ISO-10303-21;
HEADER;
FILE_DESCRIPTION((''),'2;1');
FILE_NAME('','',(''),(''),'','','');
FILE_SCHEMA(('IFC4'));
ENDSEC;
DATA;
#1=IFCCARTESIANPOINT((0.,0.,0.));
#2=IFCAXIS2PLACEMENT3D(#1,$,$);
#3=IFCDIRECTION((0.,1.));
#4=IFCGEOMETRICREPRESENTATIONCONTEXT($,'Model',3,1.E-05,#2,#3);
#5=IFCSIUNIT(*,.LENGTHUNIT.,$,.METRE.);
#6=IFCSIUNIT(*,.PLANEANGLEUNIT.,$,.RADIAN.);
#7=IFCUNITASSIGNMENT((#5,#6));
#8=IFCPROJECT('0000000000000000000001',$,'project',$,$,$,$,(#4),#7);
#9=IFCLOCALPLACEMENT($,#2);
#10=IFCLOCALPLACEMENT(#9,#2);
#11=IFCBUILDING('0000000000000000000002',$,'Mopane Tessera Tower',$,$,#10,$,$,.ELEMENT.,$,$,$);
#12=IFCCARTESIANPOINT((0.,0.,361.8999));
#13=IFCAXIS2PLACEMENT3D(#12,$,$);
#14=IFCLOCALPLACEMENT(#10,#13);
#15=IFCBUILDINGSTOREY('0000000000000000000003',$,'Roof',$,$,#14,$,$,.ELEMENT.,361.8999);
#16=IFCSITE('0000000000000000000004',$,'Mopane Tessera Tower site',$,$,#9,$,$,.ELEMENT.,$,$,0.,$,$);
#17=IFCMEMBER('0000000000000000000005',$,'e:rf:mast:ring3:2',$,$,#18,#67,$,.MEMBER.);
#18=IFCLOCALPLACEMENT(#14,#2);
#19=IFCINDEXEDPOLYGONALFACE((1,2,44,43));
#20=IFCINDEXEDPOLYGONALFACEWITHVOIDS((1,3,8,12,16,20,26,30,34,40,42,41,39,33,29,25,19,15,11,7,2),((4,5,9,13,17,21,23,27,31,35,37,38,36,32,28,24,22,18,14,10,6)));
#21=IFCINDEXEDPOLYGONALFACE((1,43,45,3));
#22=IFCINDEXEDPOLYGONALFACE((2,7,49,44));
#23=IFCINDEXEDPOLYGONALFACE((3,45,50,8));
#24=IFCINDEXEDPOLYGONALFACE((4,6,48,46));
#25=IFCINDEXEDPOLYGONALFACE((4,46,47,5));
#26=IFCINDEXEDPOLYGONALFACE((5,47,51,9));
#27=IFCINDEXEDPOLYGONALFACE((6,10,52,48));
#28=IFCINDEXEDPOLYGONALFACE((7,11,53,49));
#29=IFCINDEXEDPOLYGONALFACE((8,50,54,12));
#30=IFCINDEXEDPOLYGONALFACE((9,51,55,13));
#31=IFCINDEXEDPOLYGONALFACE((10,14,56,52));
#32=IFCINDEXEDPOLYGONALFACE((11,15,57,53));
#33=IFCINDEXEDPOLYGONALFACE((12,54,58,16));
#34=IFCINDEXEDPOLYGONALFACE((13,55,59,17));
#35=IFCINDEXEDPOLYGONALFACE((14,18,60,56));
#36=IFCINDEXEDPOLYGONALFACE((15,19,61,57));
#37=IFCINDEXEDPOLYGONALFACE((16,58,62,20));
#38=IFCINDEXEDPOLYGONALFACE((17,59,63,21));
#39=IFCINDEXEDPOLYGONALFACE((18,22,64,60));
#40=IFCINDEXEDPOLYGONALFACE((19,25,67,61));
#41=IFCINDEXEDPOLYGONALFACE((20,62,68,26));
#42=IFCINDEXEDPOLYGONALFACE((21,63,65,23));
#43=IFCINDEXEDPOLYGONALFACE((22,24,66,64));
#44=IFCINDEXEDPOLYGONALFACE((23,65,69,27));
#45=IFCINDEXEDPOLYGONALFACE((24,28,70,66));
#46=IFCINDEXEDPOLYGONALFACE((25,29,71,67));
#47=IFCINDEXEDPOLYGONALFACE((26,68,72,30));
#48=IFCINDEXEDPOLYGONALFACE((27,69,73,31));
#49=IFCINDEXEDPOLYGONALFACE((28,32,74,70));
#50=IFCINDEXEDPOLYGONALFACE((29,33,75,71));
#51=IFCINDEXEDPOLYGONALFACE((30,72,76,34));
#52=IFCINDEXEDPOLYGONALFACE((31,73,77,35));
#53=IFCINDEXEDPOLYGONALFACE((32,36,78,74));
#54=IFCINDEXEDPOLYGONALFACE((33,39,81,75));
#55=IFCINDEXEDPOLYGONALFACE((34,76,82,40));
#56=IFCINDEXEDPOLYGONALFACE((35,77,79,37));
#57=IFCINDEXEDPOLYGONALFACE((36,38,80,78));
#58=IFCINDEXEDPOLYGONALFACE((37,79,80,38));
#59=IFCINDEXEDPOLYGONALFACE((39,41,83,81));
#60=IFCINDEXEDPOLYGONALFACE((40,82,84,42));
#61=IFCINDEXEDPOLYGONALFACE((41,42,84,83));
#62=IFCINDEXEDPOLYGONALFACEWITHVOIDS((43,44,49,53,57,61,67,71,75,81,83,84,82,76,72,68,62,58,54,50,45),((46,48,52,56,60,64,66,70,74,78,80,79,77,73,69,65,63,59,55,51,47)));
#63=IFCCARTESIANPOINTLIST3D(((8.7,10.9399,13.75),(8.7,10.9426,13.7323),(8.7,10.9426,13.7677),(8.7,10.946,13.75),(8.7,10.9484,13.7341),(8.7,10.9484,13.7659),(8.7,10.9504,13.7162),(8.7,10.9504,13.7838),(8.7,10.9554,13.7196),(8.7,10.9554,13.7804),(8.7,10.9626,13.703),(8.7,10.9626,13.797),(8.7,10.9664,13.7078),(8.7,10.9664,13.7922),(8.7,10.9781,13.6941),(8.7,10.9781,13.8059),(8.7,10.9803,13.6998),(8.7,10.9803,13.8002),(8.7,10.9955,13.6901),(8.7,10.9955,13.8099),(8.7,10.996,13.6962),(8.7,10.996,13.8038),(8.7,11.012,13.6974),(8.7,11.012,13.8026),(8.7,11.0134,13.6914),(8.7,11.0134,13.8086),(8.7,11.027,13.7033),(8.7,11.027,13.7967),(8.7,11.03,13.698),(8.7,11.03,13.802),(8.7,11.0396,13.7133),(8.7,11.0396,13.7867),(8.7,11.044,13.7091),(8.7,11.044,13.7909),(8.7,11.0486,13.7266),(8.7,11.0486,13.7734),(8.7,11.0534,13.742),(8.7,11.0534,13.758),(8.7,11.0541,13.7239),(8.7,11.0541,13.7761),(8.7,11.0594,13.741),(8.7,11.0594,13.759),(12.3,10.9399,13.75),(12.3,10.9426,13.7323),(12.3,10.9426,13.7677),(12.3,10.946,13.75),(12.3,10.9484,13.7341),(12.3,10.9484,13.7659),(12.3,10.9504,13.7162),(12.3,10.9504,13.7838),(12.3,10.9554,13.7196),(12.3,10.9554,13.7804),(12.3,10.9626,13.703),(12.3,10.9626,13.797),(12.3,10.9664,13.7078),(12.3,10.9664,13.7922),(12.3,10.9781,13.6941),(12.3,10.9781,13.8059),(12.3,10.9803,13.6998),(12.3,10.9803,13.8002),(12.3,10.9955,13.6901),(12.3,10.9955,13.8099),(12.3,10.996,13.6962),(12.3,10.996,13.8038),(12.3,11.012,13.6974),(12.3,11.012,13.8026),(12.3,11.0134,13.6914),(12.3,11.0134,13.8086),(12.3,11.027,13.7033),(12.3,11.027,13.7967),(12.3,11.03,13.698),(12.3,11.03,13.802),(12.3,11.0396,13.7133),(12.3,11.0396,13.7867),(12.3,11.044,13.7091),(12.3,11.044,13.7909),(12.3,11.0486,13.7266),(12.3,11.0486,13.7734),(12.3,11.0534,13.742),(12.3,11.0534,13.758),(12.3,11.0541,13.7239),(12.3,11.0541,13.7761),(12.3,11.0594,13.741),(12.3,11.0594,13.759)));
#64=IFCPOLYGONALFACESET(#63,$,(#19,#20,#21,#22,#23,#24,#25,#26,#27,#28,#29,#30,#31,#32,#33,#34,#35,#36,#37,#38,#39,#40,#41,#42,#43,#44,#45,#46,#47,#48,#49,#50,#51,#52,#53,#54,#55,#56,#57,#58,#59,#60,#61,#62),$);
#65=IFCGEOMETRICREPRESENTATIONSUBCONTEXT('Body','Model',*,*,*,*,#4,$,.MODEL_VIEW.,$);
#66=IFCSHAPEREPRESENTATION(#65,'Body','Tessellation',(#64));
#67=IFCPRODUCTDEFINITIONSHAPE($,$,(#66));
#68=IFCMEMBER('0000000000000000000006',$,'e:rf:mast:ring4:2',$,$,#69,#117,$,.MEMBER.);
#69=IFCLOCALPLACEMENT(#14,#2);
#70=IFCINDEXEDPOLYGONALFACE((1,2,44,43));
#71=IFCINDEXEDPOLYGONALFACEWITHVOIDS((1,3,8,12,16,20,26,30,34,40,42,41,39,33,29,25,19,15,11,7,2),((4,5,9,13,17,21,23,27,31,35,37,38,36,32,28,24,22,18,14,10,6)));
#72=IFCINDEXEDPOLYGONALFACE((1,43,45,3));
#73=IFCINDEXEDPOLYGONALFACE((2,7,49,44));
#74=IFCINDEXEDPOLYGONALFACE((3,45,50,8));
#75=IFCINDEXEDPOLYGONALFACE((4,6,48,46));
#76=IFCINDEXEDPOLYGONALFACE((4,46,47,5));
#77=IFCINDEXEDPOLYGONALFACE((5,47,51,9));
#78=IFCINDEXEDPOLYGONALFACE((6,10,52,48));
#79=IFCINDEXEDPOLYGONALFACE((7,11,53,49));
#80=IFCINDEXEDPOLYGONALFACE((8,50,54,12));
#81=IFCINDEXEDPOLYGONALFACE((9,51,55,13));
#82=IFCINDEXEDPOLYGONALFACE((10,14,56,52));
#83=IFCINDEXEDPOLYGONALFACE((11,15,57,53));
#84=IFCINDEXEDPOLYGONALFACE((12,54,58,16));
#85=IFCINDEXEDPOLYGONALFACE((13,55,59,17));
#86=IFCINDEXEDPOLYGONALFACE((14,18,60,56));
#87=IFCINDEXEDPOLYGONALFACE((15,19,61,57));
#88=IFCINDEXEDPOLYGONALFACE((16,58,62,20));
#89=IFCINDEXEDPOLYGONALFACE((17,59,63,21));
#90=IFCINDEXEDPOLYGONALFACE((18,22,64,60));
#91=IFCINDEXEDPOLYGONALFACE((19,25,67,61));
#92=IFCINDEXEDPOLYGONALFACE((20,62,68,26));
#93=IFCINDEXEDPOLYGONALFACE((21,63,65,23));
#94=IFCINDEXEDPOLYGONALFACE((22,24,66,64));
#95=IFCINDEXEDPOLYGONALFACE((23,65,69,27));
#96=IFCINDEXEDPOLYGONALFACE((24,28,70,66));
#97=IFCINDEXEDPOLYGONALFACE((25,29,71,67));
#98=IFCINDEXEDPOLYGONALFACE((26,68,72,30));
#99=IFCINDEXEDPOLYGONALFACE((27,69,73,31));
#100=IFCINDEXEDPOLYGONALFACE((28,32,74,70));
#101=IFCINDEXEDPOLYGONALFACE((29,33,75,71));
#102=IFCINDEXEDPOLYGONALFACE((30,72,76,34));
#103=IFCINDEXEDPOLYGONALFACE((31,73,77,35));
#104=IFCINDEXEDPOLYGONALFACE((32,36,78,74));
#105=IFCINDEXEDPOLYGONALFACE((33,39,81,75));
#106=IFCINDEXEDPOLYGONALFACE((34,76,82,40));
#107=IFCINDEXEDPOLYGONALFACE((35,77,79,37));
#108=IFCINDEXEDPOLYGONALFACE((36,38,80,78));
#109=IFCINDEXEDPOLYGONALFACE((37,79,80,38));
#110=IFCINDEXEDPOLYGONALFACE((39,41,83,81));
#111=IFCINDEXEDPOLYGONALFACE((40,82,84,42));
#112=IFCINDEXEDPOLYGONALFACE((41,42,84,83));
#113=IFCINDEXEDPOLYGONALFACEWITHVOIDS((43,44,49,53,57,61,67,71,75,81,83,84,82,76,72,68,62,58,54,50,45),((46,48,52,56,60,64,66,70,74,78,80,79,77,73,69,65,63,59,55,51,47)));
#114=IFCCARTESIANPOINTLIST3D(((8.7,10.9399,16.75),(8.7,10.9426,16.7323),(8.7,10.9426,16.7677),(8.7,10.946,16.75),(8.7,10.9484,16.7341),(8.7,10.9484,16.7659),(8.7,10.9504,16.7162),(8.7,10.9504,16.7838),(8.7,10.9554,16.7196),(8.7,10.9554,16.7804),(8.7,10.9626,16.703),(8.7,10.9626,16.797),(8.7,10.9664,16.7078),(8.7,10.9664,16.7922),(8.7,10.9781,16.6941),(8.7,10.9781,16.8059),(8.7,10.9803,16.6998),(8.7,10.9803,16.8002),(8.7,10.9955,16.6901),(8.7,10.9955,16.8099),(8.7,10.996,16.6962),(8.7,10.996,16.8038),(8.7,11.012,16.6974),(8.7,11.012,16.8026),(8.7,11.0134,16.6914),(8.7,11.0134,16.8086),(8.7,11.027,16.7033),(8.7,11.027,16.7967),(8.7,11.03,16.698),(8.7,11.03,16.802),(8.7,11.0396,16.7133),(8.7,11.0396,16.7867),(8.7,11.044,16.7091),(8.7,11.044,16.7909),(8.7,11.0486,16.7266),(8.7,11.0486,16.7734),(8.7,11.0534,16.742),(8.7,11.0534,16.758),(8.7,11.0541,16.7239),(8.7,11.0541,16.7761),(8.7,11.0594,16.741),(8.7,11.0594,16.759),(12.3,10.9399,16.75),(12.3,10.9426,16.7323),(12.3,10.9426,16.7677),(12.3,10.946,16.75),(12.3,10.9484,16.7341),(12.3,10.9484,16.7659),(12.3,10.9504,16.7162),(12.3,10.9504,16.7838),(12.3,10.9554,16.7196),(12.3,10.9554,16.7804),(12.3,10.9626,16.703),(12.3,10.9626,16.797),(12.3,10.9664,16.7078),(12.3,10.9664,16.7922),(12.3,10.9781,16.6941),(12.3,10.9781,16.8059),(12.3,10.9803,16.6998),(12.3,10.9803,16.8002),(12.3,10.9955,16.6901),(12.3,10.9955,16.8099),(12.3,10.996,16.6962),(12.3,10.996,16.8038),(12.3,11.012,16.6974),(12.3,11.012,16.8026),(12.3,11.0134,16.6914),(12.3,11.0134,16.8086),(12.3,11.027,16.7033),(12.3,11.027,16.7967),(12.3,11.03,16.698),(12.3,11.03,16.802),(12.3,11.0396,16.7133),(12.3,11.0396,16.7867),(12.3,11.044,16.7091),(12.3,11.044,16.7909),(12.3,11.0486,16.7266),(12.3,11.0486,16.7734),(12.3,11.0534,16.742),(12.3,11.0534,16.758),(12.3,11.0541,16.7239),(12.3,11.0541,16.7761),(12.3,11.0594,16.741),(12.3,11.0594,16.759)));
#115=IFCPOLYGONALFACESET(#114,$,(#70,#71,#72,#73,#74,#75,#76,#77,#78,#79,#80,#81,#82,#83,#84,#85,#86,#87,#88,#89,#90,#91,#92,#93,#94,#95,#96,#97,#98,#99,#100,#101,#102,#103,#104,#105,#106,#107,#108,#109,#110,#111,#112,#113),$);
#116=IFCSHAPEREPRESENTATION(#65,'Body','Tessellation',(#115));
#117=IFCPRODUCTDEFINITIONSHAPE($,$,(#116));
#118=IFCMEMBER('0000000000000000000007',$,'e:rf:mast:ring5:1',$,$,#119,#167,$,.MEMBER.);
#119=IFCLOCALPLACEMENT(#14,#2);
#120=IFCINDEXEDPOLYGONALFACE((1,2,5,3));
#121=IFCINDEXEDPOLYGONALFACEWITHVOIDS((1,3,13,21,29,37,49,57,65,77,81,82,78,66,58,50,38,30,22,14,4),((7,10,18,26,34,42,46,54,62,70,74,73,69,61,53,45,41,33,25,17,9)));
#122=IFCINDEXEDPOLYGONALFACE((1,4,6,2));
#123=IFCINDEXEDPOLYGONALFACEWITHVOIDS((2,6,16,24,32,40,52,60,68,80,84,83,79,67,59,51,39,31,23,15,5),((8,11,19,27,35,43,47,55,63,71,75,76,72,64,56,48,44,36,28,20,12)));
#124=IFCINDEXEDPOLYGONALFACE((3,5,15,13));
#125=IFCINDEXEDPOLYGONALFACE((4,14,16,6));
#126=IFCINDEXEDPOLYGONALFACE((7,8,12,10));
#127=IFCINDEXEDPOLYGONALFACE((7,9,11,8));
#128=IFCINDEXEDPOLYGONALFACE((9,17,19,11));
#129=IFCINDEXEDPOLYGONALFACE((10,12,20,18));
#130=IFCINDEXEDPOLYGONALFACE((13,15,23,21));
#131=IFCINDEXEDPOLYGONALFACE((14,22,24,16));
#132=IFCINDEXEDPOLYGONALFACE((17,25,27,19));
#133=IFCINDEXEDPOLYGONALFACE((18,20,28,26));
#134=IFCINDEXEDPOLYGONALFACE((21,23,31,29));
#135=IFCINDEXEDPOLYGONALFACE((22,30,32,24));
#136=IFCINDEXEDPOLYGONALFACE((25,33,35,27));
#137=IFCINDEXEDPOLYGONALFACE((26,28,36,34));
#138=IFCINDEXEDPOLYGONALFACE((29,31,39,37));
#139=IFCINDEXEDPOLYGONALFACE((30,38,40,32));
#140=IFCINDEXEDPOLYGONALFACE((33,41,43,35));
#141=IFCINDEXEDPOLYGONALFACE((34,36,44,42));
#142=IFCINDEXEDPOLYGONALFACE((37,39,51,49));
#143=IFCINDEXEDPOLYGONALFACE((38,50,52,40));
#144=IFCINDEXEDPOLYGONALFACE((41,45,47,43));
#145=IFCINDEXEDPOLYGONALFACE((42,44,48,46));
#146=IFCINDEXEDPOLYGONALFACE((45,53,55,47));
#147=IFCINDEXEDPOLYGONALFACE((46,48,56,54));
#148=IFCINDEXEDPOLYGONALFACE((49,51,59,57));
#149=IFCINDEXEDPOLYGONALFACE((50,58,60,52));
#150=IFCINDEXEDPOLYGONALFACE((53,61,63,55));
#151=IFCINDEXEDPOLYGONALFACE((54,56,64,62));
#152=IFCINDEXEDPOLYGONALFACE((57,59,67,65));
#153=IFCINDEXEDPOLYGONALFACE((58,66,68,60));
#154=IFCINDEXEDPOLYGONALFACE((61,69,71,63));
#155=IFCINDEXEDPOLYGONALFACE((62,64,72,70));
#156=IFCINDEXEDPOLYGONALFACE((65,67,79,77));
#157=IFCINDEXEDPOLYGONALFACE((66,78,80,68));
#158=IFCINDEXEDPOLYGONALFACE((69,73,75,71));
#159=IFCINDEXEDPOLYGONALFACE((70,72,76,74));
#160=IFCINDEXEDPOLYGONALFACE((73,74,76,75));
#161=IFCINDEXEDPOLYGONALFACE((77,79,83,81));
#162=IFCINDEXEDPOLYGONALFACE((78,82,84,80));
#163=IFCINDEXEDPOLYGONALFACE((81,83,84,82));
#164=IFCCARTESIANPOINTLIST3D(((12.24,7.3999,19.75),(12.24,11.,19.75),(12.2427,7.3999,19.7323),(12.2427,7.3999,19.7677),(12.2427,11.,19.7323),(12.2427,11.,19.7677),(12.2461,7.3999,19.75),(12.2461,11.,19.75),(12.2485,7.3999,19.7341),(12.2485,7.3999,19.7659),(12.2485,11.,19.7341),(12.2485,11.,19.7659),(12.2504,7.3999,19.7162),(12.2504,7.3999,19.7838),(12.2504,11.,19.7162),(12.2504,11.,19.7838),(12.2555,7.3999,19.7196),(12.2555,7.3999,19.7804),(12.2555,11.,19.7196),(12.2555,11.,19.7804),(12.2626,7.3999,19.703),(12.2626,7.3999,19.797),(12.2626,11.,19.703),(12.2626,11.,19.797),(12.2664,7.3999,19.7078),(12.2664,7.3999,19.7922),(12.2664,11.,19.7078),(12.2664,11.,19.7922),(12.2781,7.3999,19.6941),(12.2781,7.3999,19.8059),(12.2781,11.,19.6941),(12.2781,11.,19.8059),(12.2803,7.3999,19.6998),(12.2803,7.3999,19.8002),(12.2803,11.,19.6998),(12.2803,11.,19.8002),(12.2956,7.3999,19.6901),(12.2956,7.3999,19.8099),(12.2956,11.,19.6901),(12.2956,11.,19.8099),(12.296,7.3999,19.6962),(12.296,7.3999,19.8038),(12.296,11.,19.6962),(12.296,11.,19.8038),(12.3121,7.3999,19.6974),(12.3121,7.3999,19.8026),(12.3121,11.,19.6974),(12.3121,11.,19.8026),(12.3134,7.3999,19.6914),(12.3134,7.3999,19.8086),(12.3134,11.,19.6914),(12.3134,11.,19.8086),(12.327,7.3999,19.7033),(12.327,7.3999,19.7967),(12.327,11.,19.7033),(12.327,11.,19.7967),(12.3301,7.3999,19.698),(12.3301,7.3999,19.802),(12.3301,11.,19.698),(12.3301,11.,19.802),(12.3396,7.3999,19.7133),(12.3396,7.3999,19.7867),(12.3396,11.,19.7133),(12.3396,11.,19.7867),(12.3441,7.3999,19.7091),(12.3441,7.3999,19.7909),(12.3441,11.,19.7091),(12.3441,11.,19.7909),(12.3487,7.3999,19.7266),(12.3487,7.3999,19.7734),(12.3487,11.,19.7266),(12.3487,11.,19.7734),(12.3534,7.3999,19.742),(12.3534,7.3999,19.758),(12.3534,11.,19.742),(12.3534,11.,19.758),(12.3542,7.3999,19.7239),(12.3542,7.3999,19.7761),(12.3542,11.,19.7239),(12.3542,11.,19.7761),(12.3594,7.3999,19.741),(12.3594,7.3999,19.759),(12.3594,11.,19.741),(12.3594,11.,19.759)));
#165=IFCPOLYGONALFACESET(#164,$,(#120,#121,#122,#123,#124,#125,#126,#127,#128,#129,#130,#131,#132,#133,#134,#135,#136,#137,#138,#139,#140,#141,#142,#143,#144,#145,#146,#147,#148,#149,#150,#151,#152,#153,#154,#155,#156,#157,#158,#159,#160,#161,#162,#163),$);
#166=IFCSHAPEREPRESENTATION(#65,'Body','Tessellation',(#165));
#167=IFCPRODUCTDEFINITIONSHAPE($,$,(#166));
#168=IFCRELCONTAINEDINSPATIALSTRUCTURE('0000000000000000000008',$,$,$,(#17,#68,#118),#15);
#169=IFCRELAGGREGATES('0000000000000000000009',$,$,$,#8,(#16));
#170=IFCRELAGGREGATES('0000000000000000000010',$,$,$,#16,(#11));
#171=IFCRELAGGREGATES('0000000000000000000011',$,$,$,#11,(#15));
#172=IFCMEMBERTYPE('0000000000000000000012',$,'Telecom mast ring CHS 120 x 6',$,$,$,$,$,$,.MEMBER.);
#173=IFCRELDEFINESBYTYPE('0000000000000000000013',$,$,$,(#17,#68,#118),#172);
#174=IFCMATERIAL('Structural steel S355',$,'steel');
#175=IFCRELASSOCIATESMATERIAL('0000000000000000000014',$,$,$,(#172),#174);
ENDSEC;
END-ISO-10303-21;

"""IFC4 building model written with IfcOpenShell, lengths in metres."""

from ifc_helpers import new_model, si_unit, direction, frame, origin, origin_2d, place, context, subcontext, project, spatial, hollow_circle, extrude, material, material_profile, profile_set, type_object, element, save


model = new_model("IFC4")

# Units and contexts
model_context = context("Model", 3, precision=1e-05, world=origin(), true_north=direction((0.0, 1.0)))
body_context = subcontext(model_context, "Body", "Model", "MODEL_VIEW")
ifc_project = project(units=[si_unit("LENGTHUNIT", "METRE"), si_unit("PLANEANGLEUNIT", "RADIAN")], contexts=[model_context])

# Site, building, storey
site_placement = place(None, origin())
site = spatial("IfcSite", under=ifc_project, at=site_placement, Name="Mopane Tessera Tower site", CompositionType="ELEMENT", RefElevation=0.0)
building_placement = place(site_placement, origin())
building = spatial("IfcBuilding", under=site, at=building_placement, Name="Mopane Tessera Tower", CompositionType="ELEMENT")
storey_placement = place(building_placement, frame((0.0, 0.0, 361.8999)))
storey = spatial("IfcBuildingStorey", under=building, at=storey_placement, Name="Roof", CompositionType="ELEMENT", Elevation=361.8999)

# Members
ifc_material_1 = material(Name="Structural steel S355", Category="steel")
ifc_material_profile_1 = material_profile(ifc_material_1, hollow_circle(Radius=0.0601, WallThickness=0.0061, at=origin_2d()))
ifc_profile_set_1 = profile_set([ifc_material_profile_1], Name="Structural steel S355")
member_type_1 = type_object("IfcMemberType", Name="Telecom mast ring CHS 120 x 6", PredefinedType="MEMBER", material=ifc_profile_set_1)
for number, where, z_axis, x_axis, name in (
    (1, (12.3, 11.0, 13.75), (-1.0, 0.0, 0.0), (0.0, -1.0, 0.0), "e:rf:mast:ring3:2"),
    (2, (12.3, 11.0, 16.75), (-1.0, 0.0, 0.0), (0.0, -1.0, 0.0), "e:rf:mast:ring4:2"),
    (3, (12.3, 7.3999, 19.75), (0.0, 1.0, 0.0), (-1.0, 0.0, 0.0), "e:rf:mast:ring5:1"),
):
    element("IfcMember", number, at=place(storey_placement, frame(where, z_axis=z_axis, x_axis=x_axis)), inside=storey, type_object=member_type_1, Name=name, PredefinedType="MEMBER", context=body_context, shape_type="SweptSolid", body=[
        extrude(hollow_circle(Radius=0.0601, WallThickness=0.0061, at=origin_2d()), origin(), (0.0, 0.0, 1.0), 3.6001),
    ])

save(model, "model.ifc")
